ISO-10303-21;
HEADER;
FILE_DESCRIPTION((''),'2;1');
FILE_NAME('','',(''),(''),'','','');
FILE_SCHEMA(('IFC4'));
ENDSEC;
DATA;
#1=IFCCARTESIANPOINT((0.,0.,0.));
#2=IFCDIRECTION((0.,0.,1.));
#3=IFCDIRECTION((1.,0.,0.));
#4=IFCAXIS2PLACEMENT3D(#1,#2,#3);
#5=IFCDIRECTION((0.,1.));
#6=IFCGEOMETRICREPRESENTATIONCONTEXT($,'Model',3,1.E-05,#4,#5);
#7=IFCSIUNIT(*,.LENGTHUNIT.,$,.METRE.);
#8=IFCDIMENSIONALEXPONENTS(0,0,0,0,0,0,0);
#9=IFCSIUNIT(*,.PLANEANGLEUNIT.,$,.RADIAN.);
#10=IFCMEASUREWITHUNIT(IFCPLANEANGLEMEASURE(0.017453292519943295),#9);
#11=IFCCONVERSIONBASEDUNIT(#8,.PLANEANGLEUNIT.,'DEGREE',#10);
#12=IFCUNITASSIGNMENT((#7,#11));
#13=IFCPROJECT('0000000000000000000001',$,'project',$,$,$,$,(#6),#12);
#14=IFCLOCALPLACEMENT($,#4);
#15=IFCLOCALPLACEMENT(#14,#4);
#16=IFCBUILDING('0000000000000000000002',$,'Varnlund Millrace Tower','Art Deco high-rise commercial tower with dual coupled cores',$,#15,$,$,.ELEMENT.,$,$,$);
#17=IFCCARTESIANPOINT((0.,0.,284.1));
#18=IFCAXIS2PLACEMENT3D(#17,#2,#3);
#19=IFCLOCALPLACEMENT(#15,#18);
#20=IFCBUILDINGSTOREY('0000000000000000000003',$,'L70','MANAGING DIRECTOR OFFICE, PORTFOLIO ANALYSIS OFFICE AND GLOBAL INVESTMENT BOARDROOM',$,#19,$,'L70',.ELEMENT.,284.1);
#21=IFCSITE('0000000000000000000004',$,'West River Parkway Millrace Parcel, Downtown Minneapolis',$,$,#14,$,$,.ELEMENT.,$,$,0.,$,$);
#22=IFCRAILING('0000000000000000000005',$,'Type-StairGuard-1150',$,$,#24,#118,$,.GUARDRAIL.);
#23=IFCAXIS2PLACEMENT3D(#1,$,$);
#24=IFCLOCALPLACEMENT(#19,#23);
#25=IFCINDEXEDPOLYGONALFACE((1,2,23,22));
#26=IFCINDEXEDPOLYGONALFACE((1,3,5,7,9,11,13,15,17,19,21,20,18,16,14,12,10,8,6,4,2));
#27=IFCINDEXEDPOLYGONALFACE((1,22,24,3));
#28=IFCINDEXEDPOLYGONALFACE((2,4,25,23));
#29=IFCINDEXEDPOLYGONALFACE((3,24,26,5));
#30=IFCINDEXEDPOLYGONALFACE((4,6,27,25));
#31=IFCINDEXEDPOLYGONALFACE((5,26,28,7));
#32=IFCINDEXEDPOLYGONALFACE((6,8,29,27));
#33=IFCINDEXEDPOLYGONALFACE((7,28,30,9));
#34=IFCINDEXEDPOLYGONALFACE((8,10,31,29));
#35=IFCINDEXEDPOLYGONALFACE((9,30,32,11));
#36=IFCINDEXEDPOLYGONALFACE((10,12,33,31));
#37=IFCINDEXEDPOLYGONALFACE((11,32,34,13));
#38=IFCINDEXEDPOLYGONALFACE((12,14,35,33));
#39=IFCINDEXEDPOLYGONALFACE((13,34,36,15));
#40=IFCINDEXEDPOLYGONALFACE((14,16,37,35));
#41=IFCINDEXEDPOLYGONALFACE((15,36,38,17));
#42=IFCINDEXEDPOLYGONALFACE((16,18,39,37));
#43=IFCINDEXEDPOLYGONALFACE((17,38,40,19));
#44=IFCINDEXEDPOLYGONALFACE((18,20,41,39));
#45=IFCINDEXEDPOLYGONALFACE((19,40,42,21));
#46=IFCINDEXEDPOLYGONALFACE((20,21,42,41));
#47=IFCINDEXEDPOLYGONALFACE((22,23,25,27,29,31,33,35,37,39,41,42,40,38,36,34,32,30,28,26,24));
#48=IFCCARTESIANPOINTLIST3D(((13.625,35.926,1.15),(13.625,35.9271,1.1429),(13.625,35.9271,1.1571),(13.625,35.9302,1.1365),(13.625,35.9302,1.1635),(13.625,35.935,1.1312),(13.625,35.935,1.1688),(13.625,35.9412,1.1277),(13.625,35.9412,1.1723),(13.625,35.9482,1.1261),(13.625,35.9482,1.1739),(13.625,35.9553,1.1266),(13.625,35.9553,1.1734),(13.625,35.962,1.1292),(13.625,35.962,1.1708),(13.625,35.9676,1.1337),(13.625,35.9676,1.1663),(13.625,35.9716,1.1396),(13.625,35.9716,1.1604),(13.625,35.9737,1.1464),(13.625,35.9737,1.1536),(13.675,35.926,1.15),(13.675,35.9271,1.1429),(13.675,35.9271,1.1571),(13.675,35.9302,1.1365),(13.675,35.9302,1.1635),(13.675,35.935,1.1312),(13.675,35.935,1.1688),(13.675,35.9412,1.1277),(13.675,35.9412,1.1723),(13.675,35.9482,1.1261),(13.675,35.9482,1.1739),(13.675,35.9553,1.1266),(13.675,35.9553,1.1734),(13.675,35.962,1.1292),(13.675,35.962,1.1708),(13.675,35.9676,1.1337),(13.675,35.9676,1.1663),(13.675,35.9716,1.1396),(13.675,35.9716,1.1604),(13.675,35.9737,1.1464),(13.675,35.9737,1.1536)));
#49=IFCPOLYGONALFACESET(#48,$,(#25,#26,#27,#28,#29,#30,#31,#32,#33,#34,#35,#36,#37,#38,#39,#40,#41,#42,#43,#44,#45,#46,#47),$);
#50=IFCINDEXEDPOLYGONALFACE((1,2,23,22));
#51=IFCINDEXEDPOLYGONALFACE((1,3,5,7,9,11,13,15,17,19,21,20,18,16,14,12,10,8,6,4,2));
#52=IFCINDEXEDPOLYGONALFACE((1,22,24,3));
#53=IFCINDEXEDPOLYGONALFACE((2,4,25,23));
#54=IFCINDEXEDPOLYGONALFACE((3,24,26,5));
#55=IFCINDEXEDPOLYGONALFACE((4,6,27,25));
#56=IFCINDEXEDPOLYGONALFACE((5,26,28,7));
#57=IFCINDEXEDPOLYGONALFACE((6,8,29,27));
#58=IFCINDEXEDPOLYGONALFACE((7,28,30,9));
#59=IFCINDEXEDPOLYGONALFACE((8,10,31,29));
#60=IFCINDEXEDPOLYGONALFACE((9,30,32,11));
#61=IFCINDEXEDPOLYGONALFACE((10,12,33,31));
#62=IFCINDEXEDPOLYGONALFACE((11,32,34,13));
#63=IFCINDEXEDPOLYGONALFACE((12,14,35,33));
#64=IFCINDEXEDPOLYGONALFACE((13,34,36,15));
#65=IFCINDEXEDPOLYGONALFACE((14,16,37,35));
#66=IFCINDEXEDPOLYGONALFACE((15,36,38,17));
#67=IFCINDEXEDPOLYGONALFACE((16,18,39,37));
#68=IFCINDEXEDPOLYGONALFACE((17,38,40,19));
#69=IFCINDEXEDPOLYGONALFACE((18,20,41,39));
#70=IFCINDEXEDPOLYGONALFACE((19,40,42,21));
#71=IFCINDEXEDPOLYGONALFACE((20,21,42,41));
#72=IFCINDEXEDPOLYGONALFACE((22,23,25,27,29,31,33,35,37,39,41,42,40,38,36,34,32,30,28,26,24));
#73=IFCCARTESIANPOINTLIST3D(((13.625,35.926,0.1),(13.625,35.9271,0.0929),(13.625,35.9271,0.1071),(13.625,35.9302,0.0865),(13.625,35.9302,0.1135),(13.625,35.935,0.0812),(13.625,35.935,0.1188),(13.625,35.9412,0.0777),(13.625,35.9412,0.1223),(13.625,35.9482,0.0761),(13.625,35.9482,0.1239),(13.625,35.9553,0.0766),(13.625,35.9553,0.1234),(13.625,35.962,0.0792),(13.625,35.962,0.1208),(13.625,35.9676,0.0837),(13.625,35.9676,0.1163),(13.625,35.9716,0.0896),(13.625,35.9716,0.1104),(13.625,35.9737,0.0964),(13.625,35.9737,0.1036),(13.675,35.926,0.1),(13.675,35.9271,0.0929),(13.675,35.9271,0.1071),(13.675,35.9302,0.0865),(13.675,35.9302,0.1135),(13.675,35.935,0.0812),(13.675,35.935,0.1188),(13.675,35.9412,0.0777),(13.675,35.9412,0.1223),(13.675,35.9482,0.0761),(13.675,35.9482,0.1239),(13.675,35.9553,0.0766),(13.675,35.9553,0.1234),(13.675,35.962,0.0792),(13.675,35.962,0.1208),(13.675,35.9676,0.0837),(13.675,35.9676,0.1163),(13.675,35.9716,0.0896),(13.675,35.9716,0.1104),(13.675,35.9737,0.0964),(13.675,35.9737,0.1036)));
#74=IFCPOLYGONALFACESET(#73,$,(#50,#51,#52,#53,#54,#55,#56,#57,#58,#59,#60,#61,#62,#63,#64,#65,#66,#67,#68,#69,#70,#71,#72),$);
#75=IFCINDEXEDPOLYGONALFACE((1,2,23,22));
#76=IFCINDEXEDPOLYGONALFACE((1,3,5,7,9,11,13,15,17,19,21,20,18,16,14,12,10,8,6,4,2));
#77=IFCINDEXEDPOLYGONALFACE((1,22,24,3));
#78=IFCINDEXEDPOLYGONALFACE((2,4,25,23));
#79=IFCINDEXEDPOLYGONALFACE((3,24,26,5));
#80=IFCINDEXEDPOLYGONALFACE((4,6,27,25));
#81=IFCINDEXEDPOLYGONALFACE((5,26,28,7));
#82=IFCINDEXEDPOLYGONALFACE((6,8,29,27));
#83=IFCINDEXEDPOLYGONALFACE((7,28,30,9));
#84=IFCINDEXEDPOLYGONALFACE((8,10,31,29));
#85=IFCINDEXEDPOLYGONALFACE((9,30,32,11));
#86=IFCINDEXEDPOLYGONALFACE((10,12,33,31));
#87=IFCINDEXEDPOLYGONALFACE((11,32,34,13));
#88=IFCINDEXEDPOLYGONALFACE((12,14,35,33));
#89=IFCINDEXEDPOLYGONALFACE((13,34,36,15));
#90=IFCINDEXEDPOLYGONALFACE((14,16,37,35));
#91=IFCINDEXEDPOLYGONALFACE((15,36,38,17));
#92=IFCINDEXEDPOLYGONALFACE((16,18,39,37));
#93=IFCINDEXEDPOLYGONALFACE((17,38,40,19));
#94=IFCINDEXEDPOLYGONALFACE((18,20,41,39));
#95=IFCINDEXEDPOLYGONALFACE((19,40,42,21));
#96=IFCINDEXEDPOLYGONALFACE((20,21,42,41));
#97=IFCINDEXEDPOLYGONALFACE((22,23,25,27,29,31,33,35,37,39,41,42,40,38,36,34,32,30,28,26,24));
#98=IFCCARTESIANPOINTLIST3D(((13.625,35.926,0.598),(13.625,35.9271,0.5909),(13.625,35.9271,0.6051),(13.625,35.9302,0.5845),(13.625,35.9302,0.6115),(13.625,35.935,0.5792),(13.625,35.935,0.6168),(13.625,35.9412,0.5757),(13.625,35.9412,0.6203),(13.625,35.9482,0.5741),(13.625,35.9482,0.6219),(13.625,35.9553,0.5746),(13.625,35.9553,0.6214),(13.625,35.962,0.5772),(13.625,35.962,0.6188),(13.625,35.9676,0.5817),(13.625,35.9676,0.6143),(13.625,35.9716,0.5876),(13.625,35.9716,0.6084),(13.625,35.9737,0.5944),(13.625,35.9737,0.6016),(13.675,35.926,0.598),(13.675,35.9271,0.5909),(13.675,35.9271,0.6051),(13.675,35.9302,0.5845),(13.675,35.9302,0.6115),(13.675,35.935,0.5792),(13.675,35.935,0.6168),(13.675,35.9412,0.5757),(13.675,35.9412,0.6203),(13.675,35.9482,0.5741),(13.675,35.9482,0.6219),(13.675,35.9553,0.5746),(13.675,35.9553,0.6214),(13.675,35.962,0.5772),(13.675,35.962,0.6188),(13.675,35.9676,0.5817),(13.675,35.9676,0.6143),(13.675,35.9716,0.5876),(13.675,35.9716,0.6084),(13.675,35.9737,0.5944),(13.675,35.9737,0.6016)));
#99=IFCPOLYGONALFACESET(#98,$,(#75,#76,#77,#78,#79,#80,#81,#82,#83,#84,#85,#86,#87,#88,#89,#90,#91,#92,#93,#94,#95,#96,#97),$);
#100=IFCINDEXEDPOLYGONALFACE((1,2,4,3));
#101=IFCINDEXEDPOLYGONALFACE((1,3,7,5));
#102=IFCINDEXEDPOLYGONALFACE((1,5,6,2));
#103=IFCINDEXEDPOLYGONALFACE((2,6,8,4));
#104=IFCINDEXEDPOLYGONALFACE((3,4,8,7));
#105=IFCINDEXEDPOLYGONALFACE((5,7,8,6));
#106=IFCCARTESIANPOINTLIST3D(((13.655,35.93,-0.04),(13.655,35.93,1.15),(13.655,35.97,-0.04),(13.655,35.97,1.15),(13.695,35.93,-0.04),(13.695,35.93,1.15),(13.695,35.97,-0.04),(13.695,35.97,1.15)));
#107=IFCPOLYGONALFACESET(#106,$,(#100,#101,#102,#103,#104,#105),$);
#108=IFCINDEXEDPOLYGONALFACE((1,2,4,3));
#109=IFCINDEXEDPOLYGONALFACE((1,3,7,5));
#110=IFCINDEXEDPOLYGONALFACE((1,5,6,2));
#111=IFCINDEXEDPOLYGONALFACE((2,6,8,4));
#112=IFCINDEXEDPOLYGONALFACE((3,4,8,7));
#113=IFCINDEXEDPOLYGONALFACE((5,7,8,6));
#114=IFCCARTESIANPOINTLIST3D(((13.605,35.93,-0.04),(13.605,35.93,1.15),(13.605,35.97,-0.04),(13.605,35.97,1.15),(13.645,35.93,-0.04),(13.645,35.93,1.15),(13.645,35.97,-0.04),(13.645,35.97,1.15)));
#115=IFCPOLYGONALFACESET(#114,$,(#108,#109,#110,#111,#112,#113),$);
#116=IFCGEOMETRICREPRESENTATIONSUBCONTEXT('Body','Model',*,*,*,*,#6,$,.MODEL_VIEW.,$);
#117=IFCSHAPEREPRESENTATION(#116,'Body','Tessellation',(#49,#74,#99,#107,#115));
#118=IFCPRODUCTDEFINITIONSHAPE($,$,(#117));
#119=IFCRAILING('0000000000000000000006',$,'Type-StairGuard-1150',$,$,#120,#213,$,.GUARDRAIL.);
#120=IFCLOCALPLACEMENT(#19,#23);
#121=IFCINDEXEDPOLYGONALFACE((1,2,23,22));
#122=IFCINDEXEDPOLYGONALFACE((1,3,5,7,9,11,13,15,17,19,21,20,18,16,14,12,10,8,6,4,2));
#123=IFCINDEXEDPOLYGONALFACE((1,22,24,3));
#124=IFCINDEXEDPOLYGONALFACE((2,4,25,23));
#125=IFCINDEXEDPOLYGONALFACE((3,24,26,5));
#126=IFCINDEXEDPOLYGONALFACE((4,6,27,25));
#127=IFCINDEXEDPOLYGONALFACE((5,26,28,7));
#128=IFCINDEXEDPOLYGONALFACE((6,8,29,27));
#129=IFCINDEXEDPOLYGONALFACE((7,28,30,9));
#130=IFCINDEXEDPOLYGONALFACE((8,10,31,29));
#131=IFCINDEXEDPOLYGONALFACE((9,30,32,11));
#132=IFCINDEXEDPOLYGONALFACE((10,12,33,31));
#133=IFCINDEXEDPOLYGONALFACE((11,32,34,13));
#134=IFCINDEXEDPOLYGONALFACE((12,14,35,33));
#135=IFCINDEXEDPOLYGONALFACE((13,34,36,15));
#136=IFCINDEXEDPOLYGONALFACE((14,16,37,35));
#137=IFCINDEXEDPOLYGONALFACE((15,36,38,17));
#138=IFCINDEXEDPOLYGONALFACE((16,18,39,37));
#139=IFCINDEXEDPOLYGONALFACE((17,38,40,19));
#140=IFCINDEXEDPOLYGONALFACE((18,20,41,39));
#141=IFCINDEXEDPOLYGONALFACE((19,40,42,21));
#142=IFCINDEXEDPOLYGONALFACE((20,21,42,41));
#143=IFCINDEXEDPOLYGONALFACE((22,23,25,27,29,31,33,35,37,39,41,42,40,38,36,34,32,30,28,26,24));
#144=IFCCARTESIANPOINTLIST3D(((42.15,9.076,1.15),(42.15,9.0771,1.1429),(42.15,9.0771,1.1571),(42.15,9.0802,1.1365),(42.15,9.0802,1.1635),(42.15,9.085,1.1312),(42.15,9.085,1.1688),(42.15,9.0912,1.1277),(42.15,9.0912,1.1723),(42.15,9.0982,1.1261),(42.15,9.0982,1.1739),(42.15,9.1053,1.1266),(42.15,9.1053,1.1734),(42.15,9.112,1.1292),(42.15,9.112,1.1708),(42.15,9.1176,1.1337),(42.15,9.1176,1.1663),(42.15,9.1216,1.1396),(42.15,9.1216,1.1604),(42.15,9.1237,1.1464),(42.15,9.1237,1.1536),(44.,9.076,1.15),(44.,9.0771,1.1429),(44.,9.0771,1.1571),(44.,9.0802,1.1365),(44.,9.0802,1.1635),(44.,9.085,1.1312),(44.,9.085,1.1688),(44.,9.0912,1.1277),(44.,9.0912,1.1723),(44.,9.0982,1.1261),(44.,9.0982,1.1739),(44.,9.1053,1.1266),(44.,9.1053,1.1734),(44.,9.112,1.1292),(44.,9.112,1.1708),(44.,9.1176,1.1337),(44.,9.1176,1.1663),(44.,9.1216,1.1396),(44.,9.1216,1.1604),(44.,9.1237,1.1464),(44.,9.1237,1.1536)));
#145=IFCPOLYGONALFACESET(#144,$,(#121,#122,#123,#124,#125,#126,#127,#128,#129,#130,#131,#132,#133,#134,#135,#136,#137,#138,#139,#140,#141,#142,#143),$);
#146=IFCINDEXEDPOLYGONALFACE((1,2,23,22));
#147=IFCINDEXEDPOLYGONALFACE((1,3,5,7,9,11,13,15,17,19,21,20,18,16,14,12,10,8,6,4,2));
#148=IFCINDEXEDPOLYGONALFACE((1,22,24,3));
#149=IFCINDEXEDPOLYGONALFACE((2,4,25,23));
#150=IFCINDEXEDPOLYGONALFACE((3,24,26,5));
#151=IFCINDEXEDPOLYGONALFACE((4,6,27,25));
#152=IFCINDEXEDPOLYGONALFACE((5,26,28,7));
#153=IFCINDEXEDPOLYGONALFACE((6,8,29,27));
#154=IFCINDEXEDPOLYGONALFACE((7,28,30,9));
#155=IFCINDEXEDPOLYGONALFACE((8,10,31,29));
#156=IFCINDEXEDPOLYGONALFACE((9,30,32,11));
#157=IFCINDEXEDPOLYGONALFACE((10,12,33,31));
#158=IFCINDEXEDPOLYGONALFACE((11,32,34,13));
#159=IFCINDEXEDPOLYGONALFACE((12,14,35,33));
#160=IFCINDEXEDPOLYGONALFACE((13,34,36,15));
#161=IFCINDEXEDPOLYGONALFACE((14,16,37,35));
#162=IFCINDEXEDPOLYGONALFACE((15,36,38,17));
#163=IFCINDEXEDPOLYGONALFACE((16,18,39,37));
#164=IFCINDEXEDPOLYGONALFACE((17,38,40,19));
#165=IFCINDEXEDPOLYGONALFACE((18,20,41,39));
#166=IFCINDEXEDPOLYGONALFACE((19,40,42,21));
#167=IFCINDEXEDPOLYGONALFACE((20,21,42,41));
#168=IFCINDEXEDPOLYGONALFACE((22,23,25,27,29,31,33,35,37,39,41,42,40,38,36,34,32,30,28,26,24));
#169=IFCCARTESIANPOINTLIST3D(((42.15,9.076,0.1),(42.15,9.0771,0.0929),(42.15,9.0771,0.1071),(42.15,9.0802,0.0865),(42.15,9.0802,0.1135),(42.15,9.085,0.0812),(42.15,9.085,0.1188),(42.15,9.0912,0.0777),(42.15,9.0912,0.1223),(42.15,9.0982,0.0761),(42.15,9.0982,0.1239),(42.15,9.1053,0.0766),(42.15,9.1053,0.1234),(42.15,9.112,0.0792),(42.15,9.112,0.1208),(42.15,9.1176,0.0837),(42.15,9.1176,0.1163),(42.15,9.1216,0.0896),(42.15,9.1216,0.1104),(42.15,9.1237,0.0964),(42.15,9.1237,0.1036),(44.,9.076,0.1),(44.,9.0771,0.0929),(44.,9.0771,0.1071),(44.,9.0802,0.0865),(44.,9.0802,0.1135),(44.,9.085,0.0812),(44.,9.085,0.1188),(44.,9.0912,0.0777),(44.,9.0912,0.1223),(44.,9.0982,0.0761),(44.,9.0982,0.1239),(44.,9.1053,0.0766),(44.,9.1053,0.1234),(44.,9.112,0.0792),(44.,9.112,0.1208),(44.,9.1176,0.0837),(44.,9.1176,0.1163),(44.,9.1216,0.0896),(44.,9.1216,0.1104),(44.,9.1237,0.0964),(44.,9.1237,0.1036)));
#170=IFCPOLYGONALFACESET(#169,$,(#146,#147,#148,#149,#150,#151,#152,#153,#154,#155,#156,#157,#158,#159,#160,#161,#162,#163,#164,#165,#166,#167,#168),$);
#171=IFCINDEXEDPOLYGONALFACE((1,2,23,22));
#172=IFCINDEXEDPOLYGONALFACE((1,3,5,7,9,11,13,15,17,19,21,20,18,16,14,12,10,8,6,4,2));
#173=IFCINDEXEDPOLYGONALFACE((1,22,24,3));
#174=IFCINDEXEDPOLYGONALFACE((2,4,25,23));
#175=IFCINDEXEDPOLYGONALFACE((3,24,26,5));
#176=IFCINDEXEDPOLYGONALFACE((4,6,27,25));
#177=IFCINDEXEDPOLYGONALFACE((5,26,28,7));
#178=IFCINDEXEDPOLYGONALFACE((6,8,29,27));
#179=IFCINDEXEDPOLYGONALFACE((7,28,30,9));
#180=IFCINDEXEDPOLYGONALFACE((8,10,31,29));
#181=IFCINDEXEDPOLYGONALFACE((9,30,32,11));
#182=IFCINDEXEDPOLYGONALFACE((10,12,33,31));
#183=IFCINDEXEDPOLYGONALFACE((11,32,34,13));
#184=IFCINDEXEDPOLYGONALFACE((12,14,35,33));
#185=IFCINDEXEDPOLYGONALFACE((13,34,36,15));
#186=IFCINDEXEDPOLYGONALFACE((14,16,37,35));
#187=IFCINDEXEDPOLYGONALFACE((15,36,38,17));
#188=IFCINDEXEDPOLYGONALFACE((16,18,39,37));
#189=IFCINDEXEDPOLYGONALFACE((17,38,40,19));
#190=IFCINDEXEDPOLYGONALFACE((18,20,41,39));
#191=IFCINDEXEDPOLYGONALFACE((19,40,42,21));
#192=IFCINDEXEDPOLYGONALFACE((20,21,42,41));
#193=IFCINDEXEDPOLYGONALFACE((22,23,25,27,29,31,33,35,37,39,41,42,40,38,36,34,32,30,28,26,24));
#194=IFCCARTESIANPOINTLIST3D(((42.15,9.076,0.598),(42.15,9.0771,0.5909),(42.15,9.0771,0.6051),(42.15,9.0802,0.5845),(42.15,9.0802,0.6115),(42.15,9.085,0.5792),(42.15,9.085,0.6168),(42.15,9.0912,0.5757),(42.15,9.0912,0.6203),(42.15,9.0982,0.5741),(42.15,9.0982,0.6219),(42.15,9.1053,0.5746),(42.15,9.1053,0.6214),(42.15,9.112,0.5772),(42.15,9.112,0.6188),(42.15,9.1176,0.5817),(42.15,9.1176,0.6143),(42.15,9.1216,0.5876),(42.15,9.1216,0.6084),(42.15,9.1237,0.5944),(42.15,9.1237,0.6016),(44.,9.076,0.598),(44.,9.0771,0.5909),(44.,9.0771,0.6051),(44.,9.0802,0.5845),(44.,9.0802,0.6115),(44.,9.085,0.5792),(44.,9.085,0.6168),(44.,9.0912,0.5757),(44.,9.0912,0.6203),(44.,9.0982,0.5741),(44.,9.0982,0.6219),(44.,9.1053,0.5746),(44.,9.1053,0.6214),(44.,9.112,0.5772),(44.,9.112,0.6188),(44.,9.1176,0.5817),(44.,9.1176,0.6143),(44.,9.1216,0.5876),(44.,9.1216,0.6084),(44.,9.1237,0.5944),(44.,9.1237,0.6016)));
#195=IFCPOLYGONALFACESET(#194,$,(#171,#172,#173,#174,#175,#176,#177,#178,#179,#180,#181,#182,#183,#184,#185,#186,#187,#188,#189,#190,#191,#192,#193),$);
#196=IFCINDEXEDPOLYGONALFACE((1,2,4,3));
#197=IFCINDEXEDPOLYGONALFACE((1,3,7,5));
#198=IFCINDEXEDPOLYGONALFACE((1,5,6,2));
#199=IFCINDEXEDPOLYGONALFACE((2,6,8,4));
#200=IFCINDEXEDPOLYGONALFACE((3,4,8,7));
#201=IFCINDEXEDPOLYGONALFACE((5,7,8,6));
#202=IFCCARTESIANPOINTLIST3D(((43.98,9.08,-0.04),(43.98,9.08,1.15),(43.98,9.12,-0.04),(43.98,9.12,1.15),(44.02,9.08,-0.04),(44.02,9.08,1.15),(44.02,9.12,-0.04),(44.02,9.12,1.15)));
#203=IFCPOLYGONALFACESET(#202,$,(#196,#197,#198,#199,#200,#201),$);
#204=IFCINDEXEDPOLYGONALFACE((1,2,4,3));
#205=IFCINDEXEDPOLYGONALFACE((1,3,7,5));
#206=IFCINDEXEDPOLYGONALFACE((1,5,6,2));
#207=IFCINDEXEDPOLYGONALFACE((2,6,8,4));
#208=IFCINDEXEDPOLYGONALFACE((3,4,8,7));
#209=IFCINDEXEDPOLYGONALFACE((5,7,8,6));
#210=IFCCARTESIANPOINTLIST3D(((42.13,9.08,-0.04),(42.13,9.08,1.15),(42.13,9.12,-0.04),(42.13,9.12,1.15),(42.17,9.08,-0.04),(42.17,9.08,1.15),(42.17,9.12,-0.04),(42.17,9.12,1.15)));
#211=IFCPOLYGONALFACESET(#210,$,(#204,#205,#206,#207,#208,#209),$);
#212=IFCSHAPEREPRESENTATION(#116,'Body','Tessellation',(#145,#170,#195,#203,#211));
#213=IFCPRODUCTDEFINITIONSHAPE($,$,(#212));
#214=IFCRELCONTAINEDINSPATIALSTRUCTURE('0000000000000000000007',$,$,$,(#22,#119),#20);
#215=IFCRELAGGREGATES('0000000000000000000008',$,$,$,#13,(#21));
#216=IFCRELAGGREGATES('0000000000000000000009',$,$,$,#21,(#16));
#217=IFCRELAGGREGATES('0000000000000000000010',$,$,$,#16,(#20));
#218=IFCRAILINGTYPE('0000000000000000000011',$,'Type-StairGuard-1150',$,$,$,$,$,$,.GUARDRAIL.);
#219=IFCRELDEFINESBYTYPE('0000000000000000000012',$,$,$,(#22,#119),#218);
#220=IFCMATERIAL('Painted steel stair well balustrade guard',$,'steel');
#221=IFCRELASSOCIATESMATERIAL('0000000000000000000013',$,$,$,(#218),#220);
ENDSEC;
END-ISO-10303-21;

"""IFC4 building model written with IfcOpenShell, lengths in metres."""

from ifc_helpers import new_model, entity, si_unit, converted_unit, direction, frame, origin_with_axes, origin_2d_with_axis, place, context, subcontext, project, spatial, rectangle, circle, extrude, material, type_object, element, save


model = new_model("IFC4")

# Units and contexts
model_context = context("Model", 3, precision=1e-05, world=origin_with_axes(), true_north=direction((0.0, 1.0)))
body_context = subcontext(model_context, "Body", "Model", "MODEL_VIEW")
ifc_project = project(units=[si_unit("LENGTHUNIT", "METRE"), converted_unit("PLANEANGLEUNIT", "DEGREE", entity("IfcPlaneAngleMeasure", 0.017453292519943295), si_unit("PLANEANGLEUNIT", "RADIAN"), dimensions=[0, 0, 0, 0, 0, 0, 0])], contexts=[model_context])

# Site, building, storey
site_placement = place(None, origin_with_axes())
site = spatial("IfcSite", under=ifc_project, at=site_placement, Name="West River Parkway Millrace Parcel, Downtown Minneapolis", CompositionType="ELEMENT", RefElevation=0.0)
building_placement = place(site_placement, origin_with_axes())
building = spatial("IfcBuilding", under=site, at=building_placement, Name="Varnlund Millrace Tower", Description="Art Deco high-rise commercial tower with dual coupled cores", CompositionType="ELEMENT")
storey_placement = place(building_placement, frame((0.0, 0.0, 284.1), z_axis=(0.0, 0.0, 1.0), x_axis=(1.0, 0.0, 0.0)))
storey = spatial("IfcBuildingStorey", under=building, at=storey_placement, Name="L70", Description="MANAGING DIRECTOR OFFICE, PORTFOLIO ANALYSIS OFFICE AND GLOBAL INVESTMENT BOARDROOM", LongName="L70", CompositionType="ELEMENT", Elevation=284.1)

# Railings
ifc_material_1 = material(Name="Painted steel stair well balustrade guard", Category="steel")
railing_type_1 = type_object("IfcRailingType", Name="Type-StairGuard-1150", PredefinedType="GUARDRAIL", material=ifc_material_1)
railing_1_placement = place(storey_placement, frame((0.0, 0.0, -284.1), z_axis=(0.0, 0.0, 1.0), x_axis=(1.0, 0.0, 0.0)))
element("IfcRailing", 1, at=railing_1_placement, inside=storey, type_object=railing_type_1, Name="Type-StairGuard-1150", PredefinedType="GUARDRAIL", context=body_context, shape_type="SweptSolid", body=[
    extrude(circle(Radius=0.024, at=origin_2d_with_axis()), frame((13.675, 35.95, 285.25), z_axis=(-1.0, 0.0, 0.0), x_axis=(0.0, -1.0, 0.0)), (0.0, 0.0, 1.0), 0.05),
    extrude(circle(Radius=0.024, at=origin_2d_with_axis()), frame((13.675, 35.95, 284.2), z_axis=(-1.0, 0.0, 0.0), x_axis=(0.0, -1.0, 0.0)), (0.0, 0.0, 1.0), 0.05),
    extrude(circle(Radius=0.024, at=origin_2d_with_axis()), frame((13.675, 35.95, 284.698), z_axis=(-1.0, 0.0, 0.0), x_axis=(0.0, -1.0, 0.0)), (0.0, 0.0, 1.0), 0.05),
    extrude(rectangle(XDim=0.04, YDim=0.04, at=origin_2d_with_axis()), frame((13.675, 35.95, 284.06), z_axis=(0.0, 0.0, 1.0), x_axis=(1.0, 0.0, 0.0)), (0.0, 0.0, 1.0), 1.19),
    extrude(rectangle(XDim=0.04, YDim=0.04, at=origin_2d_with_axis()), frame((13.625, 35.95, 284.06), z_axis=(0.0, 0.0, 1.0), x_axis=(1.0, 0.0, 0.0)), (0.0, 0.0, 1.0), 1.19),
])
railing_2_placement = place(storey_placement, frame((0.0, 0.0, -284.1), z_axis=(0.0, 0.0, 1.0), x_axis=(1.0, 0.0, 0.0)))
element("IfcRailing", 2, at=railing_2_placement, inside=storey, type_object=railing_type_1, Name="Type-StairGuard-1150", PredefinedType="GUARDRAIL", context=body_context, shape_type="SweptSolid", body=[
    extrude(circle(Radius=0.024, at=origin_2d_with_axis()), frame((44.0, 9.1, 285.25), z_axis=(-1.0, 0.0, 0.0), x_axis=(0.0, -1.0, 0.0)), (0.0, 0.0, 1.0), 1.85),
    extrude(circle(Radius=0.024, at=origin_2d_with_axis()), frame((44.0, 9.1, 284.2), z_axis=(-1.0, 0.0, 0.0), x_axis=(0.0, -1.0, 0.0)), (0.0, 0.0, 1.0), 1.85),
    extrude(circle(Radius=0.024, at=origin_2d_with_axis()), frame((44.0, 9.1, 284.698), z_axis=(-1.0, 0.0, 0.0), x_axis=(0.0, -1.0, 0.0)), (0.0, 0.0, 1.0), 1.85),
    extrude(rectangle(XDim=0.04, YDim=0.04, at=origin_2d_with_axis()), frame((44.0, 9.1, 284.06), z_axis=(0.0, 0.0, 1.0), x_axis=(1.0, 0.0, 0.0)), (0.0, 0.0, 1.0), 1.19),
    extrude(rectangle(XDim=0.04, YDim=0.04, at=origin_2d_with_axis()), frame((42.15, 9.1, 284.06), z_axis=(0.0, 0.0, 1.0), x_axis=(1.0, 0.0, 0.0)), (0.0, 0.0, 1.0), 1.19),
])

save(model, "model.ifc")
